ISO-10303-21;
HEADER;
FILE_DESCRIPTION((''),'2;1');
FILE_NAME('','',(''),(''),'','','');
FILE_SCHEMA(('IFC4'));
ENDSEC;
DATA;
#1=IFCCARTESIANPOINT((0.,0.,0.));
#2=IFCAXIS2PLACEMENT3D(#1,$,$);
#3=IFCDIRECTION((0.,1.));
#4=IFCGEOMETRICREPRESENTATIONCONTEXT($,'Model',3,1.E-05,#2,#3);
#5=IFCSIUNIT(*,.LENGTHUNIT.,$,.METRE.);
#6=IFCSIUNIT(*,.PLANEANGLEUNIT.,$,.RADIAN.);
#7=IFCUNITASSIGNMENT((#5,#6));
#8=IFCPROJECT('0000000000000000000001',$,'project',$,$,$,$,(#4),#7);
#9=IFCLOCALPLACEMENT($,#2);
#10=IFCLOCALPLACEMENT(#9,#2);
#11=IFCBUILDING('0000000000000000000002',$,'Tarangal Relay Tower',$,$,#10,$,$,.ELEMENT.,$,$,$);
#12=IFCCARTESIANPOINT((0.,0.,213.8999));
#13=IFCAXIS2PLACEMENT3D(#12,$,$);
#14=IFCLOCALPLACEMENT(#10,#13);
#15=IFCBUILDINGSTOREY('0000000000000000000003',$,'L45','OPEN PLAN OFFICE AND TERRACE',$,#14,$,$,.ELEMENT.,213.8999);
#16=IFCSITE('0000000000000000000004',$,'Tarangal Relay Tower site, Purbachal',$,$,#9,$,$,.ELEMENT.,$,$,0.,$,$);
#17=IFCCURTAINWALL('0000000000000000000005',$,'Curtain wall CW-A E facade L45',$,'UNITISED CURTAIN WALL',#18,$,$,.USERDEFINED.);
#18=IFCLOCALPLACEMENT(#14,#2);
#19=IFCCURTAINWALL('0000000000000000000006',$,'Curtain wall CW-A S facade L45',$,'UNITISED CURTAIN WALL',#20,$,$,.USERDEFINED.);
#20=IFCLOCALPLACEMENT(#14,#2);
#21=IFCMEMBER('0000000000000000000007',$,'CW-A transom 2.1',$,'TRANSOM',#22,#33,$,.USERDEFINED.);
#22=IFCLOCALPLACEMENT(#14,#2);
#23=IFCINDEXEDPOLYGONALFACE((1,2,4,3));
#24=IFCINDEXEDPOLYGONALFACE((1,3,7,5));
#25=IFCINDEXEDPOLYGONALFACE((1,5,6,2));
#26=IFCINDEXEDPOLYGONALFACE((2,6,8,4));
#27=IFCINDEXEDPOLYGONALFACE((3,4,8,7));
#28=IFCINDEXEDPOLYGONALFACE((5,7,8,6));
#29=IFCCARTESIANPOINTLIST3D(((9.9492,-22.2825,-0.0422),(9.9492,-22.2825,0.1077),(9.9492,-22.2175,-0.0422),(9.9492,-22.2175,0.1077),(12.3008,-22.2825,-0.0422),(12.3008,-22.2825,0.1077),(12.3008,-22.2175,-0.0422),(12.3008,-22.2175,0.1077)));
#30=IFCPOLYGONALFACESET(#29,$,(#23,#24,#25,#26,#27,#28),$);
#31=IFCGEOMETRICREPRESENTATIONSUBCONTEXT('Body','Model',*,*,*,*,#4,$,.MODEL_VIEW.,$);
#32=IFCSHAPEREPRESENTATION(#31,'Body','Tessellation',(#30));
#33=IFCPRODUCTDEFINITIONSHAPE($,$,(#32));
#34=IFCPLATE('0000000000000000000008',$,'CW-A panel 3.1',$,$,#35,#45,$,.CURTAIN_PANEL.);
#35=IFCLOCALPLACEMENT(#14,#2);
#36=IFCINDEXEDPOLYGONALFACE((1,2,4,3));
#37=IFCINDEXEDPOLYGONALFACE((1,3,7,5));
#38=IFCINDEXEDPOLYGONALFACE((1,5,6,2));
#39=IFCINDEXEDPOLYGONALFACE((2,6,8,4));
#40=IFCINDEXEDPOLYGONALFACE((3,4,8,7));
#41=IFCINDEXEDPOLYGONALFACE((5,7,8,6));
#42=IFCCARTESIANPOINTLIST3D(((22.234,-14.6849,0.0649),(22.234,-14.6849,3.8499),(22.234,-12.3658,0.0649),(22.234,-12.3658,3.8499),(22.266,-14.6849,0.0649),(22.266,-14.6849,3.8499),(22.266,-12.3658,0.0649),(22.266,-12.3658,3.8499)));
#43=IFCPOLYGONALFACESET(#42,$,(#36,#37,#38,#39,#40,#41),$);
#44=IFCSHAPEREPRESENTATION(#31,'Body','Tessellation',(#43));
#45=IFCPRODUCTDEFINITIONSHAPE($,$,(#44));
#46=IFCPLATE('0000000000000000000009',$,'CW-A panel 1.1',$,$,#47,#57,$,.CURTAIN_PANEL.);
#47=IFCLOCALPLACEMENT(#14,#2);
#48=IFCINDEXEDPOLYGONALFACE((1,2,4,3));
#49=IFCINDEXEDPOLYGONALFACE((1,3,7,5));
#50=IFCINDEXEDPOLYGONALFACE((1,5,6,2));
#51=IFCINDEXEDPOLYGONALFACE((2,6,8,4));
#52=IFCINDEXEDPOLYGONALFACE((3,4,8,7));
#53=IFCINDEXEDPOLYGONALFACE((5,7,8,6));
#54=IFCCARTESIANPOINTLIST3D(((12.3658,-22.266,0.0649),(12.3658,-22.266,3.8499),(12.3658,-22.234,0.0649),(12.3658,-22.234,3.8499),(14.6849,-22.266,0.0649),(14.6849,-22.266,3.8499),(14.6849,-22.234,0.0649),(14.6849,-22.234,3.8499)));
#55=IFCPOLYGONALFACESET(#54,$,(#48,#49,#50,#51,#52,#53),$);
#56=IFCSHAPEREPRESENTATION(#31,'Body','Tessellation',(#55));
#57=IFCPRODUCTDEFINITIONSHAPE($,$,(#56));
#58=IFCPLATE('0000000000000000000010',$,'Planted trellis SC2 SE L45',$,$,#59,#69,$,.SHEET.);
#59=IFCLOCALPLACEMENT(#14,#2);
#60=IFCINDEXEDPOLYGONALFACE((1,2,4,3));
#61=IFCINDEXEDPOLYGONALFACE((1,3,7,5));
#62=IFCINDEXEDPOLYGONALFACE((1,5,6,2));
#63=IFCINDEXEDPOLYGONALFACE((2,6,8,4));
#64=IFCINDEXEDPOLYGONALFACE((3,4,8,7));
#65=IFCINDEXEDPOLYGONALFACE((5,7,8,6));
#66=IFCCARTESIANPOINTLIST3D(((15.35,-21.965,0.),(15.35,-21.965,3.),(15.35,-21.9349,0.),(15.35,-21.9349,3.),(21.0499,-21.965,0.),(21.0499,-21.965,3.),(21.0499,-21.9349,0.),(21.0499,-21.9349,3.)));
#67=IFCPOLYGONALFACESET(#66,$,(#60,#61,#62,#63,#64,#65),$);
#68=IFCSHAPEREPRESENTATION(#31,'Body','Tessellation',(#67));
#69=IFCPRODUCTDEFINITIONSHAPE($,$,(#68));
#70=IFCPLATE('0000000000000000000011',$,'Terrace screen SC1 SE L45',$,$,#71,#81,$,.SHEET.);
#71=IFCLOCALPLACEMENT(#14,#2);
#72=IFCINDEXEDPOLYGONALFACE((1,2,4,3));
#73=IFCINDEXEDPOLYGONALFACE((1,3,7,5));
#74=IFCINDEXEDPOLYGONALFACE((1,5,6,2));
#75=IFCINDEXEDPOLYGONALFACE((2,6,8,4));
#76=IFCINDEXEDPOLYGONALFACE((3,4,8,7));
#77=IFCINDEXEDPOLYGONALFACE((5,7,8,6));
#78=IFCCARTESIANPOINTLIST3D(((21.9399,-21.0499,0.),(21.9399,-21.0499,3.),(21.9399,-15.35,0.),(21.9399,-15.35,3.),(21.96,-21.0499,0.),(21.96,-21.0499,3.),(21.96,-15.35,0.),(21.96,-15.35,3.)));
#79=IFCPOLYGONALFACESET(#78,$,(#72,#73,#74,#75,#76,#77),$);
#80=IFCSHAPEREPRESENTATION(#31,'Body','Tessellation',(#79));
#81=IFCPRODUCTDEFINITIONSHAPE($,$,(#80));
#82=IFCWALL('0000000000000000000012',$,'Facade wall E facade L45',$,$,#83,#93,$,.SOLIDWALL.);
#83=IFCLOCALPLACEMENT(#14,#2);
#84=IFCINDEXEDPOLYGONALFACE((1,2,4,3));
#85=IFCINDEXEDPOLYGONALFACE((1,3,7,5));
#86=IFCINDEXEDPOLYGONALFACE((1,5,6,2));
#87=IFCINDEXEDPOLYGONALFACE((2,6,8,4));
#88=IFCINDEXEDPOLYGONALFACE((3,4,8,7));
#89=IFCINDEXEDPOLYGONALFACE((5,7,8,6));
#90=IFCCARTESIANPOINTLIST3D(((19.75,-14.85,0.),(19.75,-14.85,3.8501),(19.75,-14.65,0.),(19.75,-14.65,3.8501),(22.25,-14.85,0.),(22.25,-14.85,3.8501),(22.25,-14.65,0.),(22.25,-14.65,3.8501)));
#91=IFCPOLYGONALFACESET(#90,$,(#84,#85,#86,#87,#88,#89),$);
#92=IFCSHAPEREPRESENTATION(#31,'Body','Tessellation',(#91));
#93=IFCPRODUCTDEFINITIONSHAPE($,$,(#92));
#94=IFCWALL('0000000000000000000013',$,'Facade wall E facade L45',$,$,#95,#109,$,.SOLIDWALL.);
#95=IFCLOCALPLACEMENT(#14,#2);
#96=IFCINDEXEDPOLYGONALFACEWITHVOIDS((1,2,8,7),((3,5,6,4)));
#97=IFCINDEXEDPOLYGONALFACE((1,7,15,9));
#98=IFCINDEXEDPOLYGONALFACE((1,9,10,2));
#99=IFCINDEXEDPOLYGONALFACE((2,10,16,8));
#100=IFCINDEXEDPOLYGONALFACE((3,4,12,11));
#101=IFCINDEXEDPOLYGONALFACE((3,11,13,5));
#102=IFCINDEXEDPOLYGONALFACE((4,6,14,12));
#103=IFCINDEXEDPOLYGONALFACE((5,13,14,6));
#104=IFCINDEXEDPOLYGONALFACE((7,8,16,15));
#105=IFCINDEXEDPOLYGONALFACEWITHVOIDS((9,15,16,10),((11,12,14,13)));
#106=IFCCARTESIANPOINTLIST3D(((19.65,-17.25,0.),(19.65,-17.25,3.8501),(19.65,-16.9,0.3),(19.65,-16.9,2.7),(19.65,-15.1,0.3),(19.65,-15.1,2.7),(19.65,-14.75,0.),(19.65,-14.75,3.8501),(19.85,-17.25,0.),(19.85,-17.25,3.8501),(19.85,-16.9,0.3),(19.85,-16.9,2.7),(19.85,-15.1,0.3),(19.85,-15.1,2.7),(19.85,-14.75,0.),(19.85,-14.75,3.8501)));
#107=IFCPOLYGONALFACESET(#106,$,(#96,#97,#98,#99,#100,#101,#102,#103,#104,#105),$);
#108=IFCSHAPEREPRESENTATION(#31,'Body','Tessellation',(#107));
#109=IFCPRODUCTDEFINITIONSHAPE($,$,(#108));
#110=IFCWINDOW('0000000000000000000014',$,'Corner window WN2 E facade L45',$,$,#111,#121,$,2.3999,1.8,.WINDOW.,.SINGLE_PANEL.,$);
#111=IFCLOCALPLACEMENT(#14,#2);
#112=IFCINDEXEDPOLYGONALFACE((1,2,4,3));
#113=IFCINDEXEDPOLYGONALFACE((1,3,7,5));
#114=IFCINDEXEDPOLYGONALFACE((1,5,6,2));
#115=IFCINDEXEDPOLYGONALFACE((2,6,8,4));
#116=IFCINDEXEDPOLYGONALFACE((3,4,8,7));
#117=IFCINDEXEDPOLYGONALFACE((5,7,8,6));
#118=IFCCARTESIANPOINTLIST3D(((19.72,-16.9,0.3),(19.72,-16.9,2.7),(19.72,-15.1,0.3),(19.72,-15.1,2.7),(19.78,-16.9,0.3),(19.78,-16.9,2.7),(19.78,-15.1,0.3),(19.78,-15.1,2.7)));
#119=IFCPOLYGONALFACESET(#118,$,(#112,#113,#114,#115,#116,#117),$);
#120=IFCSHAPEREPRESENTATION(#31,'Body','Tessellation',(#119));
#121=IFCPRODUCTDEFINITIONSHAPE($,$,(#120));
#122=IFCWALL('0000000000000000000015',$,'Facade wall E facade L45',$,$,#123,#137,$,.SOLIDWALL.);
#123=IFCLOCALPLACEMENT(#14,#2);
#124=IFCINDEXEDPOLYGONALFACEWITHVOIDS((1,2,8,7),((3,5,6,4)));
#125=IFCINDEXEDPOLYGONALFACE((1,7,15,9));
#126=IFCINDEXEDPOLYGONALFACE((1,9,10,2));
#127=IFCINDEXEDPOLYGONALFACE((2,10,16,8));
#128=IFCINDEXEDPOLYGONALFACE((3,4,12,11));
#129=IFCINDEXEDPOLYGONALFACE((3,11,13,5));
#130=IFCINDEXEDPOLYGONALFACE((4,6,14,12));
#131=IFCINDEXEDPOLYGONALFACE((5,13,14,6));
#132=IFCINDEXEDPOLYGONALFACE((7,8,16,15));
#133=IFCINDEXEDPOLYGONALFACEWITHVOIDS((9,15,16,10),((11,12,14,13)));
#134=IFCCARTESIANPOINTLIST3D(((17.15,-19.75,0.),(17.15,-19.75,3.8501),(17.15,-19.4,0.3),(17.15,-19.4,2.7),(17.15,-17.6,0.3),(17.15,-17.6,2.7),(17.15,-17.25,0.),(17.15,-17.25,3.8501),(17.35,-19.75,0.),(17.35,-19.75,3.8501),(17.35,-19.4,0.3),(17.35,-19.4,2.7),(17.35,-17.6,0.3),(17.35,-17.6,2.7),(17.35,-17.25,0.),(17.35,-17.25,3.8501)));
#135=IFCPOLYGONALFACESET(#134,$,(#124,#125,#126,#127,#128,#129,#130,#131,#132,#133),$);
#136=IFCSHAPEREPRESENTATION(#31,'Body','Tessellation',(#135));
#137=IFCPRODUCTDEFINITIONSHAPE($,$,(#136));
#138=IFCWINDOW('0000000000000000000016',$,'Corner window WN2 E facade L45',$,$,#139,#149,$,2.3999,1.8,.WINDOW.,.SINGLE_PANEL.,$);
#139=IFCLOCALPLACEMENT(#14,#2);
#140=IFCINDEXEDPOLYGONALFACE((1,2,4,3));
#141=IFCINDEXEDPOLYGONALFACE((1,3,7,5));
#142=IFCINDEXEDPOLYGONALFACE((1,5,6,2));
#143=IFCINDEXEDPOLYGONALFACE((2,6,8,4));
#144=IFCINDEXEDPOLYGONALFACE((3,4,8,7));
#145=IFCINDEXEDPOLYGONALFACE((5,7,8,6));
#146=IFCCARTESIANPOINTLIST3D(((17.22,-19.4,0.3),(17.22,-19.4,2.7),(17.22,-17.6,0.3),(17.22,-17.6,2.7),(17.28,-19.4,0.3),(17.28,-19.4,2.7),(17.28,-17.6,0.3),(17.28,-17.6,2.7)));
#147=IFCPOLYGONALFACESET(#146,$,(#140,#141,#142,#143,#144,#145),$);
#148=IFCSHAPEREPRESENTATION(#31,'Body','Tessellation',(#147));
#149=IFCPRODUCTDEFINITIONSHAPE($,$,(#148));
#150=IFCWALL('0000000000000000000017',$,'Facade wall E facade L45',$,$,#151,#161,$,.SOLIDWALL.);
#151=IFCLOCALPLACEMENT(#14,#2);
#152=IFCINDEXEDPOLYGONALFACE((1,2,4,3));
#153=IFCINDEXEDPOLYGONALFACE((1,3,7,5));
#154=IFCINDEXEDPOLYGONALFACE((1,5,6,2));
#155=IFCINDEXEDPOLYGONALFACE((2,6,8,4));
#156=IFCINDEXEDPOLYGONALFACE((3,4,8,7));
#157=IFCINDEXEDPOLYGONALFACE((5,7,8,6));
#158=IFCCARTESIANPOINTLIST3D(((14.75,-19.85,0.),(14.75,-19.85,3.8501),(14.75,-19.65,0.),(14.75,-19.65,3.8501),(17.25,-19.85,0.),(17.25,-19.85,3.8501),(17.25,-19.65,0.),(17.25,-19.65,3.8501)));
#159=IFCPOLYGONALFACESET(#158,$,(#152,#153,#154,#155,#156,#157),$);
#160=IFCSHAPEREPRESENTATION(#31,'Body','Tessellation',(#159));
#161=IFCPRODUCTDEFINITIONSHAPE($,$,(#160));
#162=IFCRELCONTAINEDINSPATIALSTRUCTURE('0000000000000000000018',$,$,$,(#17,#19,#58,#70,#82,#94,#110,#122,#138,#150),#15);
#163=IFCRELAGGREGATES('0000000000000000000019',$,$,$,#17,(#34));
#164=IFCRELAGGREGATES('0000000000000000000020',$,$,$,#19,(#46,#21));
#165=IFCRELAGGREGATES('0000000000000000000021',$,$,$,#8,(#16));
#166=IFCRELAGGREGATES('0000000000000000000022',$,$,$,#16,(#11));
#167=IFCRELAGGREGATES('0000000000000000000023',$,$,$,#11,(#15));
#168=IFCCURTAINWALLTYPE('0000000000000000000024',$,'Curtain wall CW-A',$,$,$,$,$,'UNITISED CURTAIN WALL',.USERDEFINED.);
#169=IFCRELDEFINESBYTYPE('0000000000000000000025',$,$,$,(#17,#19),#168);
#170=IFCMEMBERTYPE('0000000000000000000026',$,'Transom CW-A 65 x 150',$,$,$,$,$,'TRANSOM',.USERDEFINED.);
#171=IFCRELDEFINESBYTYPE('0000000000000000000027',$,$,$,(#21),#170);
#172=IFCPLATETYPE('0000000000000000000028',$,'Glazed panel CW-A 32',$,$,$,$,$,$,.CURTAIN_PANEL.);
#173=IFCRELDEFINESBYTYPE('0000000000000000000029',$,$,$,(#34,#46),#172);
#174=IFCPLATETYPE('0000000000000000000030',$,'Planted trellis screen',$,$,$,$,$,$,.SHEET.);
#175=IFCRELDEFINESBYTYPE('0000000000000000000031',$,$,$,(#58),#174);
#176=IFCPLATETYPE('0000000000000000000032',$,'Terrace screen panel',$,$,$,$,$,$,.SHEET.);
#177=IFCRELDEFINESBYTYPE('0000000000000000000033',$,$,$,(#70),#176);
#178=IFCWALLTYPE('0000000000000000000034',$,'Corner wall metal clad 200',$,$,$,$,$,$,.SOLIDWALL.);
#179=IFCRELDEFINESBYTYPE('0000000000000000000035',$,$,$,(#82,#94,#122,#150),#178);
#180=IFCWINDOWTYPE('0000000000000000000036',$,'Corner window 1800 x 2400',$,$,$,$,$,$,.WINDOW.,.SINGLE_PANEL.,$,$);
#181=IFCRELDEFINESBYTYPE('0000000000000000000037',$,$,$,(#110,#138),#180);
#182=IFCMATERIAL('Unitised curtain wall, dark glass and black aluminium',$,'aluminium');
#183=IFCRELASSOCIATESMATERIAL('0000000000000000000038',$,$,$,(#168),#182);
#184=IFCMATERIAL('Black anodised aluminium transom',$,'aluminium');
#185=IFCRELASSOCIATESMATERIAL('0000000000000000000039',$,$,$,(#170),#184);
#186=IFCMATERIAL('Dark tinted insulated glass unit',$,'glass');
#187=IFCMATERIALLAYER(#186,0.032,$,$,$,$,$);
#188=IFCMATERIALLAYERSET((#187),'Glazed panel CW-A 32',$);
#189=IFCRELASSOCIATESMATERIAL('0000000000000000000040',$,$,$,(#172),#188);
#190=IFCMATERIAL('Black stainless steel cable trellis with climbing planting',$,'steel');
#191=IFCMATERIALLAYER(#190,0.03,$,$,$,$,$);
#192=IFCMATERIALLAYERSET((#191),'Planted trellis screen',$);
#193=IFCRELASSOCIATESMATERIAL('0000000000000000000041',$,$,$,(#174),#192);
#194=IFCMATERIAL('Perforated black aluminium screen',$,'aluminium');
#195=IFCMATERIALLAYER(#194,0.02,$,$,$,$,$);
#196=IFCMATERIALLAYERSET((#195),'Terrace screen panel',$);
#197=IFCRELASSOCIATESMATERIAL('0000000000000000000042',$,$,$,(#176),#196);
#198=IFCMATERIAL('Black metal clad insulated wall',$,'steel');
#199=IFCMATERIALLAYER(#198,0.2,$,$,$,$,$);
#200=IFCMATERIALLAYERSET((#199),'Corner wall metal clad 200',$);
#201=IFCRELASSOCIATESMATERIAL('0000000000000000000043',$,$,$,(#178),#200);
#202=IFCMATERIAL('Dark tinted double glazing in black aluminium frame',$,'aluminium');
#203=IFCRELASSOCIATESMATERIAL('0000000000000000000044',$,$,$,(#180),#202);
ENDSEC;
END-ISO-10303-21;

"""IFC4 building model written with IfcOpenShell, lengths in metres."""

from ifc_helpers import new_model, si_unit, direction, frame, frame_2d, origin, origin_2d, place, context, subcontext, project, spatial, rectangle, extrude, material, layer, layer_set, material_profile, profile_set, type_object, element, fill, aggregate, save


model = new_model("IFC4")

# Units and contexts
model_context = context("Model", 3, precision=1e-05, world=origin(), true_north=direction((0.0, 1.0)))
body_context = subcontext(model_context, "Body", "Model", "MODEL_VIEW")
ifc_project = project(units=[si_unit("LENGTHUNIT", "METRE"), si_unit("PLANEANGLEUNIT", "RADIAN")], contexts=[model_context])

# Site, building, storey
site_placement = place(None, origin())
site = spatial("IfcSite", under=ifc_project, at=site_placement, Name="Tarangal Relay Tower site, Purbachal", CompositionType="ELEMENT", RefElevation=0.0)
building_placement = place(site_placement, origin())
building = spatial("IfcBuilding", under=site, at=building_placement, Name="Tarangal Relay Tower", CompositionType="ELEMENT")
storey_placement = place(building_placement, frame((0.0, 0.0, 213.8999)))
storey = spatial("IfcBuildingStorey", under=building, at=storey_placement, Name="L45", Description="OPEN PLAN OFFICE AND TERRACE", CompositionType="ELEMENT", Elevation=213.8999)

# Curtain wall
ifc_material_1 = material(Name="Unitised curtain wall, dark glass and black aluminium", Category="aluminium")
curtain_wall_type = type_object("IfcCurtainWallType", Name="Curtain wall CW-A", ElementType="UNITISED CURTAIN WALL", PredefinedType="USERDEFINED", material=ifc_material_1)
curtain_wall_1_placement = place(storey_placement, origin())
curtain_wall_1 = element("IfcCurtainWall", 1, at=curtain_wall_1_placement, inside=storey, type_object=curtain_wall_type, Name="Curtain wall CW-A E facade L45", ObjectType="UNITISED CURTAIN WALL", PredefinedType="USERDEFINED")

# Curtain wall
curtain_wall_2_placement = place(storey_placement, origin())
curtain_wall_2 = element("IfcCurtainWall", 2, at=curtain_wall_2_placement, inside=storey, type_object=curtain_wall_type, Name="Curtain wall CW-A S facade L45", ObjectType="UNITISED CURTAIN WALL", PredefinedType="USERDEFINED")

# Member
ifc_material_2 = material(Name="Black anodised aluminium transom", Category="aluminium")
ifc_material_profile_1 = material_profile(ifc_material_2, rectangle(XDim=0.0649, YDim=0.1499, at=origin_2d()), Name="CW-AT 65X150")
ifc_profile_set_1 = profile_set([ifc_material_profile_1], Name="Black anodised aluminium transom")
member_type_1 = type_object("IfcMemberType", Name="Transom CW-A 65 x 150", ElementType="TRANSOM", PredefinedType="USERDEFINED", material=ifc_profile_set_1)
member_1_placement = place(storey_placement, frame((12.3008, -22.25, 0.0327), z_axis=(-1.0, 0.0, 0.0), x_axis=(0.0, -1.0, 0.0)))
member_1 = element("IfcMember", 3, at=member_1_placement, type_object=member_type_1, Name="CW-A transom 2.1", ObjectType="TRANSOM", PredefinedType="USERDEFINED", context=body_context, shape_type="SweptSolid", body=[
    extrude(rectangle(XDim=0.0649, YDim=0.1499, at=origin_2d()), origin(), (0.0, 0.0, 1.0), 2.3516),
])

# Plates
ifc_material_3 = material(Name="Dark tinted insulated glass unit", Category="glass")
ifc_layer_1 = layer(ifc_material_3, 0.032)
ifc_layer_set_1 = layer_set([ifc_layer_1], Name="Glazed panel CW-A 32")
plate_type_1 = type_object("IfcPlateType", Name="Glazed panel CW-A 32", PredefinedType="CURTAIN_PANEL", material=ifc_layer_set_1)
plate_1_placement = place(storey_placement, frame((22.25, -13.5254, 0.0649), z_axis=(0.0, 0.0, 1.0), x_axis=(0.0, -1.0, 0.0)))
plate_1 = element("IfcPlate", 4, at=plate_1_placement, type_object=plate_type_1, Name="CW-A panel 3.1", PredefinedType="CURTAIN_PANEL", context=body_context, shape_type="SweptSolid", body=[
    extrude(rectangle(XDim=2.3191, YDim=0.032, at=origin_2d()), origin(), (0.0, 0.0, 1.0), 3.7849),
])
aggregate(curtain_wall_1, [plate_1])
plate_2_placement = place(storey_placement, frame((13.5254, -22.25, 0.0649), z_axis=(0.0, 0.0, 1.0), x_axis=(-1.0, 0.0, 0.0)))
plate_2 = element("IfcPlate", 5, at=plate_2_placement, type_object=plate_type_1, Name="CW-A panel 1.1", PredefinedType="CURTAIN_PANEL", context=body_context, shape_type="SweptSolid", body=[
    extrude(rectangle(XDim=2.3191, YDim=0.032, at=origin_2d()), origin(), (0.0, 0.0, 1.0), 3.7849),
])
aggregate(curtain_wall_2, [plate_2, member_1])

# Plates
ifc_material_4 = material(Name="Black stainless steel cable trellis with climbing planting", Category="steel")
ifc_layer_2 = layer(ifc_material_4, 0.03)
ifc_layer_set_2 = layer_set([ifc_layer_2], Name="Planted trellis screen")
plate_type_2 = type_object("IfcPlateType", Name="Planted trellis screen", PredefinedType="SHEET", material=ifc_layer_set_2)
plate_3_placement = place(storey_placement, frame((18.2, -21.95, 0.0), z_axis=(0.0, 0.0, 1.0), x_axis=(-1.0, 0.0, 0.0)))
element("IfcPlate", 6, at=plate_3_placement, inside=storey, type_object=plate_type_2, Name="Planted trellis SC2 SE L45", PredefinedType="SHEET", context=body_context, shape_type="SweptSolid", body=[
    extrude(rectangle(XDim=5.7, YDim=0.03, at=origin_2d()), origin(), (0.0, 0.0, 1.0), 3.0),
])
ifc_material_5 = material(Name="Perforated black aluminium screen", Category="aluminium")
ifc_layer_3 = layer(ifc_material_5, 0.02)
ifc_layer_set_3 = layer_set([ifc_layer_3], Name="Terrace screen panel")
plate_type_3 = type_object("IfcPlateType", Name="Terrace screen panel", PredefinedType="SHEET", material=ifc_layer_set_3)
plate_4_placement = place(storey_placement, frame((21.95, -18.2, 0.0), z_axis=(0.0, 0.0, 1.0), x_axis=(0.0, -1.0, 0.0)))
element("IfcPlate", 7, at=plate_4_placement, inside=storey, type_object=plate_type_3, Name="Terrace screen SC1 SE L45", PredefinedType="SHEET", context=body_context, shape_type="SweptSolid", body=[
    extrude(rectangle(XDim=5.7, YDim=0.02, at=origin_2d()), origin(), (0.0, 0.0, 1.0), 3.0),
])

# Wall
ifc_material_6 = material(Name="Black metal clad insulated wall", Category="steel")
ifc_layer_4 = layer(ifc_material_6, 0.2)
ifc_layer_set_4 = layer_set([ifc_layer_4], Name="Corner wall metal clad 200")
wall_type_1 = type_object("IfcWallType", Name="Corner wall metal clad 200", PredefinedType="SOLIDWALL", material=ifc_layer_set_4)
wall_1_placement = place(storey_placement, frame((22.25, -14.75, 0.0), z_axis=(0.0, 0.0, 1.0), x_axis=(-1.0, 0.0, 0.0)))
element("IfcWall", 8, at=wall_1_placement, inside=storey, type_object=wall_type_1, Name="Facade wall E facade L45", PredefinedType="SOLIDWALL", context=body_context, shape_type="SweptSolid", body=[
    extrude(rectangle(XDim=2.5, YDim=0.2, at=frame_2d((1.25, 0.0))), origin(), (0.0, 0.0, 1.0), 3.8501),
])

# Wall, opening, window
wall_2_placement = place(storey_placement, frame((19.75, -14.75, 0.0), z_axis=(0.0, 0.0, 1.0), x_axis=(0.0, -1.0, 0.0)))
wall_2 = element("IfcWall", 9, at=wall_2_placement, inside=storey, type_object=wall_type_1, Name="Facade wall E facade L45", PredefinedType="SOLIDWALL", context=body_context, shape_type="SweptSolid", body=[
    extrude(rectangle(XDim=2.5, YDim=0.2, at=frame_2d((1.25, 0.0))), origin(), (0.0, 0.0, 1.0), 3.8501),
])
opening_1_placement = place(wall_2_placement, frame((0.3501, 0.0, 0.3)))
opening_1 = element("IfcOpeningElement", 10, at=opening_1_placement, cuts=wall_2, PredefinedType="OPENING", context=body_context, shape_type="SweptSolid", body=[
    extrude(rectangle(XDim=1.8, YDim=2.3999, at=frame_2d((0.8999, 1.2))), frame((0.0, 0.1099, 0.0), z_axis=(0.0, -1.0, 0.0), x_axis=(1.0, 0.0, 0.0)), (0.0, 0.0, 1.0), 0.22),
])
ifc_material_7 = material(Name="Dark tinted double glazing in black aluminium frame", Category="aluminium")
window_type = type_object("IfcWindowType", Name="Corner window 1800 x 2400", PartitioningType="SINGLE_PANEL", PredefinedType="WINDOW", material=ifc_material_7)
window_1_placement = place(opening_1_placement, origin())
window_1 = element("IfcWindow", 11, at=window_1_placement, inside=storey, type_object=window_type, Name="Corner window WN2 E facade L45", OverallHeight=2.3999, OverallWidth=1.8, PartitioningType="SINGLE_PANEL", PredefinedType="WINDOW", context=body_context, shape_type="SweptSolid", body=[
    extrude(rectangle(XDim=1.8, YDim=2.3999, at=frame_2d((0.8999, 1.2))), frame((0.0, 0.03, 0.0), z_axis=(0.0, -1.0, 0.0), x_axis=(1.0, 0.0, 0.0)), (0.0, 0.0, 1.0), 0.0601),
])
fill(opening_1, window_1)

# Wall, opening, window
wall_3_placement = place(storey_placement, frame((17.25, -17.25, 0.0), z_axis=(0.0, 0.0, 1.0), x_axis=(0.0, -1.0, 0.0)))
wall_3 = element("IfcWall", 12, at=wall_3_placement, inside=storey, type_object=wall_type_1, Name="Facade wall E facade L45", PredefinedType="SOLIDWALL", context=body_context, shape_type="SweptSolid", body=[
    extrude(rectangle(XDim=2.5, YDim=0.2, at=frame_2d((1.25, 0.0))), origin(), (0.0, 0.0, 1.0), 3.8501),
])
opening_2_placement = place(wall_3_placement, frame((0.3501, 0.0, 0.3)))
opening_2 = element("IfcOpeningElement", 13, at=opening_2_placement, cuts=wall_3, PredefinedType="OPENING", context=body_context, shape_type="SweptSolid", body=[
    extrude(rectangle(XDim=1.8, YDim=2.3999, at=frame_2d((0.8999, 1.2))), frame((0.0, 0.1099, 0.0), z_axis=(0.0, -1.0, 0.0), x_axis=(1.0, 0.0, 0.0)), (0.0, 0.0, 1.0), 0.22),
])
window_2_placement = place(opening_2_placement, origin())
window_2 = element("IfcWindow", 14, at=window_2_placement, inside=storey, type_object=window_type, Name="Corner window WN2 E facade L45", OverallHeight=2.3999, OverallWidth=1.8, PartitioningType="SINGLE_PANEL", PredefinedType="WINDOW", context=body_context, shape_type="SweptSolid", body=[
    extrude(rectangle(XDim=1.8, YDim=2.3999, at=frame_2d((0.8999, 1.2))), frame((0.0, 0.03, 0.0), z_axis=(0.0, -1.0, 0.0), x_axis=(1.0, 0.0, 0.0)), (0.0, 0.0, 1.0), 0.0601),
])
fill(opening_2, window_2)

# Wall
wall_4_placement = place(storey_placement, frame((17.25, -19.75, 0.0), z_axis=(0.0, 0.0, 1.0), x_axis=(-1.0, 0.0, 0.0)))
element("IfcWall", 15, at=wall_4_placement, inside=storey, type_object=wall_type_1, Name="Facade wall E facade L45", PredefinedType="SOLIDWALL", context=body_context, shape_type="SweptSolid", body=[
    extrude(rectangle(XDim=2.5, YDim=0.2, at=frame_2d((1.25, 0.0))), origin(), (0.0, 0.0, 1.0), 3.8501),
])

save(model, "model.ifc")
